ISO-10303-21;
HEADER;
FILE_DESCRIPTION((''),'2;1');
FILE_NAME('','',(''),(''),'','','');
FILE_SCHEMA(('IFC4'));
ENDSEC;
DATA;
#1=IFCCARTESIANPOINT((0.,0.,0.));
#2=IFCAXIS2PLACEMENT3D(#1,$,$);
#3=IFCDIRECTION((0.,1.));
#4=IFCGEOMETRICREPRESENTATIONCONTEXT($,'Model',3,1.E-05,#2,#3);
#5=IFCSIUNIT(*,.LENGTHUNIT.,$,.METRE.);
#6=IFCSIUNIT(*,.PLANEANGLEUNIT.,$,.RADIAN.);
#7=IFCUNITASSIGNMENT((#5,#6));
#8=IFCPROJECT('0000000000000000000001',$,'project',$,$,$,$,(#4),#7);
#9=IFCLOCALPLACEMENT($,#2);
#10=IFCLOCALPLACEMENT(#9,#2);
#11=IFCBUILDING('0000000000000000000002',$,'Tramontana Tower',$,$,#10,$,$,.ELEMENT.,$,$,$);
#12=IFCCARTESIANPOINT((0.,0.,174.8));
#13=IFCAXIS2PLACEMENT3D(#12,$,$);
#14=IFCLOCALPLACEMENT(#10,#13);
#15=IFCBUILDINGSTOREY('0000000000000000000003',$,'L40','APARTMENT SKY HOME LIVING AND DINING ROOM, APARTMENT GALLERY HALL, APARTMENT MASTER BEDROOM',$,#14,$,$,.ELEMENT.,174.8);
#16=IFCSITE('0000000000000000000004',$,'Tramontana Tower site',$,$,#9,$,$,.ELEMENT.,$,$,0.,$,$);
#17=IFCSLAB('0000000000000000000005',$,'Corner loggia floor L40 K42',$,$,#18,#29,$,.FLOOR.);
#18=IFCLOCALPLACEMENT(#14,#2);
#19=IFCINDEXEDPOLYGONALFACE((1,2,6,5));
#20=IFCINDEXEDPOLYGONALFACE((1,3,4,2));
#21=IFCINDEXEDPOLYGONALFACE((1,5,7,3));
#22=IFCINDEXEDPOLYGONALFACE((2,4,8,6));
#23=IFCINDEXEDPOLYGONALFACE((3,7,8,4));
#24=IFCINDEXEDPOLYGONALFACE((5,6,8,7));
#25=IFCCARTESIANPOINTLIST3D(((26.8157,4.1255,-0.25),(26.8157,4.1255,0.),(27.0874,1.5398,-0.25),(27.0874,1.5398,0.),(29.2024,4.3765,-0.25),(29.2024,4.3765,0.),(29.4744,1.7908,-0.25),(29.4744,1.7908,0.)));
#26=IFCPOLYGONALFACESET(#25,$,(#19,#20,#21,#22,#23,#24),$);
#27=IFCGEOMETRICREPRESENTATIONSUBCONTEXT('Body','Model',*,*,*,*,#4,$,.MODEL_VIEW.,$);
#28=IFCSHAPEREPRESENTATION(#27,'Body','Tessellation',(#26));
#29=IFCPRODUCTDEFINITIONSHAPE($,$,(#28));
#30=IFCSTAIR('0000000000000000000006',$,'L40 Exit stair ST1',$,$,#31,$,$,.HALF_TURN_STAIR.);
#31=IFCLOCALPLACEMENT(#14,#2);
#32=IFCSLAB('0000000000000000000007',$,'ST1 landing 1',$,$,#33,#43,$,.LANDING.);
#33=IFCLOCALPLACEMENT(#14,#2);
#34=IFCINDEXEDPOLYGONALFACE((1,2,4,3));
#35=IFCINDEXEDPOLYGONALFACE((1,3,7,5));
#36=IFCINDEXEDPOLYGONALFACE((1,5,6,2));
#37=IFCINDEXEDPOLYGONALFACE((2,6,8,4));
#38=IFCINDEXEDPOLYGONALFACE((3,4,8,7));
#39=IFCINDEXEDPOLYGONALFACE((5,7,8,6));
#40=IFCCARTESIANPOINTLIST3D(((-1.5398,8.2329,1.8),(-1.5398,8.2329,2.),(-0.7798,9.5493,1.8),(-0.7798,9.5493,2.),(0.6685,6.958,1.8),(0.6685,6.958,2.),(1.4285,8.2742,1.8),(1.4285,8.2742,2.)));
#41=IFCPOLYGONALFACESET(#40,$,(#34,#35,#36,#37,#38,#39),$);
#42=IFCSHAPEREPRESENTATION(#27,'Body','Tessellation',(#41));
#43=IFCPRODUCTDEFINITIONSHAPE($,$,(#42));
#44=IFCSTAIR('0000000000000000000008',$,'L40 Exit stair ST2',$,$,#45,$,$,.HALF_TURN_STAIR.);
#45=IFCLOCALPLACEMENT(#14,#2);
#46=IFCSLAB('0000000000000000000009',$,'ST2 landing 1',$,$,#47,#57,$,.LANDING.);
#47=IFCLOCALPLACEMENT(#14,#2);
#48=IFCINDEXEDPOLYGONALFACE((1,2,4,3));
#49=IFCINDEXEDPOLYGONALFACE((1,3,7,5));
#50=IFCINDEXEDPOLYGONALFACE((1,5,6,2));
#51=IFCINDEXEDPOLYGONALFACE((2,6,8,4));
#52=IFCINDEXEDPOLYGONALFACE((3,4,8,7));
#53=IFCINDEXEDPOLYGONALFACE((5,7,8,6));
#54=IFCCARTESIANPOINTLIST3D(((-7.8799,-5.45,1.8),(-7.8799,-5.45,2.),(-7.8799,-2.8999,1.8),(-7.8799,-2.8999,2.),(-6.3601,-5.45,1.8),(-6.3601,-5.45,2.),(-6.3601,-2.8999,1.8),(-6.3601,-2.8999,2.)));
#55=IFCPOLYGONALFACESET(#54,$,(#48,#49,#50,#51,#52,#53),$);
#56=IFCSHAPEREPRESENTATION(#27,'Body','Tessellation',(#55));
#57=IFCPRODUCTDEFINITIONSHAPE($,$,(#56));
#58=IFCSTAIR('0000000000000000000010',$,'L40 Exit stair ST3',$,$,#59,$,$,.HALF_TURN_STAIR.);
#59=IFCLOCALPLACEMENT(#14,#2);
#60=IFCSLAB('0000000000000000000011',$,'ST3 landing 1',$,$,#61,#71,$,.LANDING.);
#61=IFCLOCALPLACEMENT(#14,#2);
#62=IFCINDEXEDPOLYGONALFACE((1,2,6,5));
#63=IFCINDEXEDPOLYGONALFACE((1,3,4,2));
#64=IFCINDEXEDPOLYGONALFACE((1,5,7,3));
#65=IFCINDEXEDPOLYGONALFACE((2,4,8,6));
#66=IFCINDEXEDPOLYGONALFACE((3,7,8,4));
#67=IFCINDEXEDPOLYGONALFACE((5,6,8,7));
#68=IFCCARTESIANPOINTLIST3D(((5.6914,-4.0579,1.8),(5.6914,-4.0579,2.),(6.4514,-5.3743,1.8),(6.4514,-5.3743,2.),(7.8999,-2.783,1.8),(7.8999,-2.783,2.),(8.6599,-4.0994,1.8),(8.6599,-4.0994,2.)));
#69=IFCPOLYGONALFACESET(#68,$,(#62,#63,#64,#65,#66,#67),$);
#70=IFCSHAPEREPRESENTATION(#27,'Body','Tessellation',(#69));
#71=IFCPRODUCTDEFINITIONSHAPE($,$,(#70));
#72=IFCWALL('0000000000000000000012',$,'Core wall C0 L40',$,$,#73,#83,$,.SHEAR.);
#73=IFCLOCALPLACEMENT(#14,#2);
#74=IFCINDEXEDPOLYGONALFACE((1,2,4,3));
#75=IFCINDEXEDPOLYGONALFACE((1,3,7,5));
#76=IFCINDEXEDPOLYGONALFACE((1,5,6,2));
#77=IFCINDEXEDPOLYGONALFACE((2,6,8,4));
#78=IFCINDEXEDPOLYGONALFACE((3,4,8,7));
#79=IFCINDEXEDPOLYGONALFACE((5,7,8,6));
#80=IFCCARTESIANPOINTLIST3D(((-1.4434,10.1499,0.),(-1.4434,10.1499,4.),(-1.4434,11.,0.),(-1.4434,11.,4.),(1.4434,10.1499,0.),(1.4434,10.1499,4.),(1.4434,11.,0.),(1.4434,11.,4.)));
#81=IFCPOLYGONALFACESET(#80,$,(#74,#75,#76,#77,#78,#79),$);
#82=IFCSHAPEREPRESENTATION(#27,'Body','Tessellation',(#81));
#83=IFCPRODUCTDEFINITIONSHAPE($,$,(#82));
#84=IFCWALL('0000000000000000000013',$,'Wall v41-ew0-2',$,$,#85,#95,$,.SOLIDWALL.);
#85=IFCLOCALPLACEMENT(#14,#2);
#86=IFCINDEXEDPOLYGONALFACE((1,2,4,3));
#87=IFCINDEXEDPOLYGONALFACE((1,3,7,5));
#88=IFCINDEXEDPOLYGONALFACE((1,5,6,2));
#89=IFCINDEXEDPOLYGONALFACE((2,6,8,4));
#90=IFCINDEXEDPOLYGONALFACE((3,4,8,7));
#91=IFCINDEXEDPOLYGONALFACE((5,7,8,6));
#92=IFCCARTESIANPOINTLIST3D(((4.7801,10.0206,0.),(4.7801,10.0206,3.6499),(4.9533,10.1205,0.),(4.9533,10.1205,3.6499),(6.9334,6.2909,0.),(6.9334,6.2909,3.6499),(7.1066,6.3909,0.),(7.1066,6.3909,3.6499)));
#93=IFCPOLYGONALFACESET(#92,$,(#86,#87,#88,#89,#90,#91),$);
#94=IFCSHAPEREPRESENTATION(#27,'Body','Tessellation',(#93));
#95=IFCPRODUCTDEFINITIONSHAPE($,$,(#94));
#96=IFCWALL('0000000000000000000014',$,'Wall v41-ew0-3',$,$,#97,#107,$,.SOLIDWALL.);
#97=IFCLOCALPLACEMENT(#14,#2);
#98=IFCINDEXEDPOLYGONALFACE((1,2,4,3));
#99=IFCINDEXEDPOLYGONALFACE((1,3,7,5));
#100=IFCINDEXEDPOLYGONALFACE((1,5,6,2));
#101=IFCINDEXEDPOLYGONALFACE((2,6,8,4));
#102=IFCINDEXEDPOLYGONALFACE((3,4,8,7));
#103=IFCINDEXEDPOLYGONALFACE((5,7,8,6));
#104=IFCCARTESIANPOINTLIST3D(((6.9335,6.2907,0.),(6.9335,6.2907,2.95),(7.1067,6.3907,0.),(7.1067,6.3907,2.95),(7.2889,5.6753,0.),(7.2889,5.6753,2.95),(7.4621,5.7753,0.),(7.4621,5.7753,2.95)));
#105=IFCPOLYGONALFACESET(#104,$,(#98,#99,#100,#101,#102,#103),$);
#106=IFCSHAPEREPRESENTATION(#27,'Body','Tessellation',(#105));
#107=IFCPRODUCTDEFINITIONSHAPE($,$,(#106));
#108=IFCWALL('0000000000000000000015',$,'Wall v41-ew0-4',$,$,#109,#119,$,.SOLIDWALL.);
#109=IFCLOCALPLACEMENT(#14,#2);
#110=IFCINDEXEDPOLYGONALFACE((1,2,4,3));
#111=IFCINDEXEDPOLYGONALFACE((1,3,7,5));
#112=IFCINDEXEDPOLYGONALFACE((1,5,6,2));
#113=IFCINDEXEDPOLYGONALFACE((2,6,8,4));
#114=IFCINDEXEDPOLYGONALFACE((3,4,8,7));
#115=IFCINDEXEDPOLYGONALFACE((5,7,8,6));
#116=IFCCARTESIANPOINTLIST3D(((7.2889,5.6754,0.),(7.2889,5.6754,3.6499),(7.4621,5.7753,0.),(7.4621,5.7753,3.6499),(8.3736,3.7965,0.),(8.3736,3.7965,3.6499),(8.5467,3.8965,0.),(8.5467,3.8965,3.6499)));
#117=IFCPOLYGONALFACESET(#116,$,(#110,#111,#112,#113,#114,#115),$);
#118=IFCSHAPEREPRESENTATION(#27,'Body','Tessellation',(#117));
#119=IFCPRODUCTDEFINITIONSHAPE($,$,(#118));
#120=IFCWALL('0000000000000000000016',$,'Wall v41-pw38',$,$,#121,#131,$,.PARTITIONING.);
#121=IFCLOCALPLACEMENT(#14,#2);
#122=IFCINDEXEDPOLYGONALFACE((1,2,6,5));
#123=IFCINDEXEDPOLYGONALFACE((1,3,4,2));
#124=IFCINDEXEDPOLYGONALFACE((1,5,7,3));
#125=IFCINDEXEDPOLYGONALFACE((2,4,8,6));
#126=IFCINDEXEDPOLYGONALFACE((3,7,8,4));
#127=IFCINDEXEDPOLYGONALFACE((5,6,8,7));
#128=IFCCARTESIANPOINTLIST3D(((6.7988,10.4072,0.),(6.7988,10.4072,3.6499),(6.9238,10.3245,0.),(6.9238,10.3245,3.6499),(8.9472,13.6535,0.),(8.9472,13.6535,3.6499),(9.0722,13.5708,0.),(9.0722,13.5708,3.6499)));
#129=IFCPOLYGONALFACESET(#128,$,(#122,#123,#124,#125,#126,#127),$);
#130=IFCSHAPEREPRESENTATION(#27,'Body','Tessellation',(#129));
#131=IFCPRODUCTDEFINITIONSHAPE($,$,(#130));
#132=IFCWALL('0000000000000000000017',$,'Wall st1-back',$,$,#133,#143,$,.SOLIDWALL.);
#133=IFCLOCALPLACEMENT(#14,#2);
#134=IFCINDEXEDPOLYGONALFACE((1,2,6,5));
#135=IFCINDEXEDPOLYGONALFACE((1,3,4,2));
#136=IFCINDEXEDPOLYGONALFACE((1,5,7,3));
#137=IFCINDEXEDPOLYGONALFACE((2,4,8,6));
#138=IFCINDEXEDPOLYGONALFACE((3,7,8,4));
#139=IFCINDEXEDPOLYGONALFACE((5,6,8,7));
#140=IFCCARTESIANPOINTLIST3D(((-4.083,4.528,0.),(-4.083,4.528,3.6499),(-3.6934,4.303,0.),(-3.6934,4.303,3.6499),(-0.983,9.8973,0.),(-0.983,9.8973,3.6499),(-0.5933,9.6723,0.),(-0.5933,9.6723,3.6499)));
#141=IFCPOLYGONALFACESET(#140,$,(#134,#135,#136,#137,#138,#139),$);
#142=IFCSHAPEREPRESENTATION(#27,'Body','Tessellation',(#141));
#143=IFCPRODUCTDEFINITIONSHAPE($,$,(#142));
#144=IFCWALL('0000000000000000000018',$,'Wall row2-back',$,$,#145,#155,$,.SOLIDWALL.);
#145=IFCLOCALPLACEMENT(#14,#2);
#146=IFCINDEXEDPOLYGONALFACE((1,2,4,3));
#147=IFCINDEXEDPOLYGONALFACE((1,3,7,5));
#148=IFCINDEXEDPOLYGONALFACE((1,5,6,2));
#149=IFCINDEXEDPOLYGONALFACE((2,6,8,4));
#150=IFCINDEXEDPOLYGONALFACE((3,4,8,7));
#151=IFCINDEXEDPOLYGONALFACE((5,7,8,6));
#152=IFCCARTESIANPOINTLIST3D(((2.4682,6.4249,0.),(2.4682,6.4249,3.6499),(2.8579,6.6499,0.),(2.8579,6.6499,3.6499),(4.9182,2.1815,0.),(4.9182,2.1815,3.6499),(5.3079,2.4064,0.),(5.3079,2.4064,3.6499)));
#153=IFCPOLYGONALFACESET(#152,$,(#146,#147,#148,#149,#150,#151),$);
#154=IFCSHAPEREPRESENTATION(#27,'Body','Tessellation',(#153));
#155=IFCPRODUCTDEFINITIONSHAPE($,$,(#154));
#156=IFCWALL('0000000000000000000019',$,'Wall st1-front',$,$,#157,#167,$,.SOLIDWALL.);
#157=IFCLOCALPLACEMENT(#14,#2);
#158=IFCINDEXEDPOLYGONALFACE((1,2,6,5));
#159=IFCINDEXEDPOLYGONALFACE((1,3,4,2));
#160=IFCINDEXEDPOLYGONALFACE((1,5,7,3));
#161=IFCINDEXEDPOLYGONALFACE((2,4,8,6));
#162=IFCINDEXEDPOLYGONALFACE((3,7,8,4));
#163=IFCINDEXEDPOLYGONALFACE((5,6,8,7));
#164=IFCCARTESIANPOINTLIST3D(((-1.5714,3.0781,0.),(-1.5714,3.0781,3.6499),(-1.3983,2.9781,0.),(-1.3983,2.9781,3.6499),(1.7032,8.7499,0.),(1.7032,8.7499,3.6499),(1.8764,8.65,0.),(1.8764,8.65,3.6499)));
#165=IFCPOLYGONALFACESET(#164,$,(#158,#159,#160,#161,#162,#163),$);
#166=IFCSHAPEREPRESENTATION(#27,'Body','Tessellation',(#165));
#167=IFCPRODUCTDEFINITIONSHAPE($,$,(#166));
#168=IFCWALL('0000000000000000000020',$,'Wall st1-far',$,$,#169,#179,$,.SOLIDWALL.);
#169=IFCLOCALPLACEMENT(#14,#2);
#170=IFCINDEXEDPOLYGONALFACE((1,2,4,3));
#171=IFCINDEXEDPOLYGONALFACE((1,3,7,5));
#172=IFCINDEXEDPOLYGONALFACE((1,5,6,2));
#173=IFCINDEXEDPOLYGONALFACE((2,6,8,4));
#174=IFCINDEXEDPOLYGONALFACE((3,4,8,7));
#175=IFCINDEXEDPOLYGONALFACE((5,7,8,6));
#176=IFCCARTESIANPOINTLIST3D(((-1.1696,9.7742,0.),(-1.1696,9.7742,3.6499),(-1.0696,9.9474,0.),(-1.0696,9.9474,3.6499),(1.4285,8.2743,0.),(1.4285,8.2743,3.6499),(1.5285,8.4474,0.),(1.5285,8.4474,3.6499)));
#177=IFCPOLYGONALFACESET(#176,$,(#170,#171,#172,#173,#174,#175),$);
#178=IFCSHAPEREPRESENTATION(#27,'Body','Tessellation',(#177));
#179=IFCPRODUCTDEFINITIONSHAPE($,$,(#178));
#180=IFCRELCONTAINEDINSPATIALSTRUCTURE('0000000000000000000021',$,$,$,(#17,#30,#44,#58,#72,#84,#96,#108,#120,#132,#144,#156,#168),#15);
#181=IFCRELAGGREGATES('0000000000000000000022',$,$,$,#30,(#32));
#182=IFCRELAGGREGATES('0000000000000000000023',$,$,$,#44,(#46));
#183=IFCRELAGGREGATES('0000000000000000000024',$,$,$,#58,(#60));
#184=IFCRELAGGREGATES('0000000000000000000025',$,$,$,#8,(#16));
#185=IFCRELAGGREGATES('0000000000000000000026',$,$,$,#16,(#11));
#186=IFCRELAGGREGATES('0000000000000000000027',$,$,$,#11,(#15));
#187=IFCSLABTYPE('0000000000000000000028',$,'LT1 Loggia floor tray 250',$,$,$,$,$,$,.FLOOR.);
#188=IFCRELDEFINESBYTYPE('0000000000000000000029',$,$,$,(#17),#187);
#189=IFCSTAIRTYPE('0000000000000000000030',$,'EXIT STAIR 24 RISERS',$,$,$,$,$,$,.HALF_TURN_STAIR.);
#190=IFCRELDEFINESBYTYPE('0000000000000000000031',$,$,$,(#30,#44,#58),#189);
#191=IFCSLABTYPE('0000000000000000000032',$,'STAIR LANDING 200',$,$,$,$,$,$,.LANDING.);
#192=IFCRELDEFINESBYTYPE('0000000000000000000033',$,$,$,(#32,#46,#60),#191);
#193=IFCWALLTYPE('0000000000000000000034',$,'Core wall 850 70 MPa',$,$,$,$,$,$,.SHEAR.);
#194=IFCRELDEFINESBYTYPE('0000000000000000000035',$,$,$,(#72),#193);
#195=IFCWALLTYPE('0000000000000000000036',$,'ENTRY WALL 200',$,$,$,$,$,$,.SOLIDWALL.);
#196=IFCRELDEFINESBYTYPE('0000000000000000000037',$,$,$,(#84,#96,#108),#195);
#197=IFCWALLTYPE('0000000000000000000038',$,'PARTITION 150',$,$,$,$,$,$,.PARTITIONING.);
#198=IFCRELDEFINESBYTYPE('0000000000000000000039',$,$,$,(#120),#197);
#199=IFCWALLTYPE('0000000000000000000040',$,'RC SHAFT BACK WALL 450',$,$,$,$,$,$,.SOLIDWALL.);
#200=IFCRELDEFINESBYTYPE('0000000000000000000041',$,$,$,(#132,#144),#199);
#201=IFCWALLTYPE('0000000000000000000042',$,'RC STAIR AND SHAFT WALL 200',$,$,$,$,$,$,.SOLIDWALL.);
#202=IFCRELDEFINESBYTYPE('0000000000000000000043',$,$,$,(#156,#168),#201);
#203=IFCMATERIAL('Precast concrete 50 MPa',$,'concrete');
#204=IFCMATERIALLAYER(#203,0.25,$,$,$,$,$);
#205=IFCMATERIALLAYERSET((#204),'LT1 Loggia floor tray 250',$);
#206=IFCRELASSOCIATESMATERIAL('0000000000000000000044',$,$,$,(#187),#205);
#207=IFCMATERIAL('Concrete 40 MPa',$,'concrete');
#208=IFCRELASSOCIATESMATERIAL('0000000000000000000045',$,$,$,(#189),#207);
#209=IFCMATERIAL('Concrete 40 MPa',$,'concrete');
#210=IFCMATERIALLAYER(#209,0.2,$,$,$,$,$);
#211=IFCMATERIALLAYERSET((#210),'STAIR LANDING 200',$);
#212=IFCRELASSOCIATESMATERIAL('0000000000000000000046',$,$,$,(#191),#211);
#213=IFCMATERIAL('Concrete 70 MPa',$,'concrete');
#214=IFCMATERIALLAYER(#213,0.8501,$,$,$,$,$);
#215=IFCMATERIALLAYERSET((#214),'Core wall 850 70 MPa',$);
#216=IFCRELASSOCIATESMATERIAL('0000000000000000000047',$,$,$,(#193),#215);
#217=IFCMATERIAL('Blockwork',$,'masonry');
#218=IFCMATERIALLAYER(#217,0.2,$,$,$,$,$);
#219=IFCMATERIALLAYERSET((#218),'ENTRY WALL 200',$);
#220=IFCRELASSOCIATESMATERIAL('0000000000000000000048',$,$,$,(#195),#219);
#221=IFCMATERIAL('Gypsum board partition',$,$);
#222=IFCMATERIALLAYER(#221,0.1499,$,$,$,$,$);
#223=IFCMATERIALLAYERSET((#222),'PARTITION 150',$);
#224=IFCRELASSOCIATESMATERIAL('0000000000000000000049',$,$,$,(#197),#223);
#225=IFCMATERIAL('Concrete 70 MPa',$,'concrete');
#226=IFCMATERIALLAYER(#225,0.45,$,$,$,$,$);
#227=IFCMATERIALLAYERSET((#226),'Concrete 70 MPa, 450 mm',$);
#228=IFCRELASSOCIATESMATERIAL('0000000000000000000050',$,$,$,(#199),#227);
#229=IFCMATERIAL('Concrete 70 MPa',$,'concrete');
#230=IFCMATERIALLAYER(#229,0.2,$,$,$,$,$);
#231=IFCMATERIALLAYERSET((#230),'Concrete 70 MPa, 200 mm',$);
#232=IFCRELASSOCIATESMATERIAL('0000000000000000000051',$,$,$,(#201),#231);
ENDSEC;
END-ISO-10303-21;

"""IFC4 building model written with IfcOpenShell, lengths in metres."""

from ifc_helpers import new_model, si_unit, direction, frame, frame_2d, origin, place, context, subcontext, project, spatial, polyline, rectangle, outline, extrude, material, layer, layer_set, type_object, element, aggregate, save


model = new_model("IFC4")

# Units and contexts
model_context = context("Model", 3, precision=1e-05, world=origin(), true_north=direction((0.0, 1.0)))
body_context = subcontext(model_context, "Body", "Model", "MODEL_VIEW")
ifc_project = project(units=[si_unit("LENGTHUNIT", "METRE"), si_unit("PLANEANGLEUNIT", "RADIAN")], contexts=[model_context])

# Site, building, storey
site_placement = place(None, origin())
site = spatial("IfcSite", under=ifc_project, at=site_placement, Name="Tramontana Tower site", CompositionType="ELEMENT", RefElevation=0.0)
building_placement = place(site_placement, origin())
building = spatial("IfcBuilding", under=site, at=building_placement, Name="Tramontana Tower", CompositionType="ELEMENT")
storey_placement = place(building_placement, frame((0.0, 0.0, 174.8)))
storey = spatial("IfcBuildingStorey", under=building, at=storey_placement, Name="L40", Description="APARTMENT SKY HOME LIVING AND DINING ROOM, APARTMENT GALLERY HALL, APARTMENT MASTER BEDROOM", CompositionType="ELEMENT", Elevation=174.8)

# Slab
ifc_material_1 = material(Name="Precast concrete 50 MPa", Category="concrete")
ifc_layer_1 = layer(ifc_material_1, 0.25)
ifc_layer_set_1 = layer_set([ifc_layer_1], Name="LT1 Loggia floor tray 250")
slab_type_1 = type_object("IfcSlabType", Name="LT1 Loggia floor tray 250", PredefinedType="FLOOR", material=ifc_layer_set_1)
slab_1_placement = place(storey_placement, frame((0.0, 0.0, -0.25)))
element("IfcSlab", 1, at=slab_1_placement, inside=storey, type_object=slab_type_1, Name="Corner loggia floor L40 K42", PredefinedType="FLOOR", context=body_context, shape_type="SweptSolid", body=[
    extrude(outline(polyline([(29.4744, 1.7908), (27.0874, 1.5398), (26.8157, 4.1255), (29.2024, 4.3765), (29.4744, 1.7908)])), origin(), (0.0, 0.0, 1.0), 0.25),
])

# Stairs, slabs
ifc_material_2 = material(Name="Concrete 40 MPa", Category="concrete")
stair_type = type_object("IfcStairType", Name="EXIT STAIR 24 RISERS", PredefinedType="HALF_TURN_STAIR", material=ifc_material_2)
stair_1_placement = place(storey_placement, origin())
stair_1 = element("IfcStair", 2, at=stair_1_placement, inside=storey, type_object=stair_type, Name="L40 Exit stair ST1", PredefinedType="HALF_TURN_STAIR")
ifc_material_3 = material(Name="Concrete 40 MPa", Category="concrete")
ifc_layer_2 = layer(ifc_material_3, 0.2)
ifc_layer_set_2 = layer_set([ifc_layer_2], Name="STAIR LANDING 200")
slab_type_2 = type_object("IfcSlabType", Name="STAIR LANDING 200", PredefinedType="LANDING", material=ifc_layer_set_2)
slab_2_placement = place(storey_placement, frame((0.0, 0.0, 1.8)))
slab_2 = element("IfcSlab", 3, at=slab_2_placement, type_object=slab_type_2, Name="ST1 landing 1", PredefinedType="LANDING", context=body_context, shape_type="SweptSolid", body=[
    extrude(outline(polyline([(0.6685, 6.958), (1.4285, 8.2742), (-0.7798, 9.5493), (-1.5398, 8.2329), (0.6685, 6.958)])), origin(), (0.0, 0.0, 1.0), 0.2),
])
aggregate(stair_1, [slab_2])
stair_2_placement = place(storey_placement, origin())
stair_2 = element("IfcStair", 4, at=stair_2_placement, inside=storey, type_object=stair_type, Name="L40 Exit stair ST2", PredefinedType="HALF_TURN_STAIR")
slab_3_placement = place(storey_placement, frame((0.0, 0.0, 1.8)))
slab_3 = element("IfcSlab", 5, at=slab_3_placement, type_object=slab_type_2, Name="ST2 landing 1", PredefinedType="LANDING", context=body_context, shape_type="SweptSolid", body=[
    extrude(outline(polyline([(-6.3601, -2.8999), (-7.8799, -2.8999), (-7.8799, -5.45), (-6.3601, -5.45), (-6.3601, -2.8999)])), origin(), (0.0, 0.0, 1.0), 0.2),
])
aggregate(stair_2, [slab_3])
stair_3_placement = place(storey_placement, origin())
stair_3 = element("IfcStair", 6, at=stair_3_placement, inside=storey, type_object=stair_type, Name="L40 Exit stair ST3", PredefinedType="HALF_TURN_STAIR")
slab_4_placement = place(storey_placement, frame((0.0, 0.0, 1.8)))
slab_4 = element("IfcSlab", 7, at=slab_4_placement, type_object=slab_type_2, Name="ST3 landing 1", PredefinedType="LANDING", context=body_context, shape_type="SweptSolid", body=[
    extrude(outline(polyline([(5.6914, -4.0579), (6.4514, -5.3743), (8.6599, -4.0994), (7.8999, -2.783), (5.6914, -4.0579)])), origin(), (0.0, 0.0, 1.0), 0.2),
])
aggregate(stair_3, [slab_4])

# Walls
ifc_material_4 = material(Name="Concrete 70 MPa", Category="concrete")
ifc_layer_3 = layer(ifc_material_4, 0.8501)
ifc_layer_set_3 = layer_set([ifc_layer_3], Name="Core wall 850 70 MPa")
wall_type_1 = type_object("IfcWallType", Name="Core wall 850 70 MPa", PredefinedType="SHEAR", material=ifc_layer_set_3)
wall_1_placement = place(storey_placement, frame((1.4434, 10.575, 0.0), z_axis=(0.0, 0.0, 1.0), x_axis=(-1.0, 0.0, 0.0)))
element("IfcWall", 8, at=wall_1_placement, inside=storey, type_object=wall_type_1, Name="Core wall C0 L40", PredefinedType="SHEAR", context=body_context, shape_type="SweptSolid", body=[
    extrude(rectangle(XDim=2.8867, YDim=0.8501, at=frame_2d((1.4434, 0.0))), origin(), (0.0, 0.0, 1.0), 4.0),
])
ifc_material_5 = material(Name="Blockwork", Category="masonry")
ifc_layer_4 = layer(ifc_material_5, 0.2)
ifc_layer_set_4 = layer_set([ifc_layer_4], Name="ENTRY WALL 200")
wall_type_2 = type_object("IfcWallType", Name="ENTRY WALL 200", PredefinedType="SOLIDWALL", material=ifc_layer_set_4)
wall_2_placement = place(storey_placement, frame((4.8667, 10.0706, 0.0), z_axis=(0.0, 0.0, 1.0), x_axis=(0.499992, -0.86603, 0.0)))
element("IfcWall", 9, at=wall_2_placement, inside=storey, type_object=wall_type_2, Name="Wall v41-ew0-2", PredefinedType="SOLIDWALL", context=body_context, shape_type="SweptSolid", body=[
    extrude(rectangle(XDim=4.3066, YDim=0.2, at=frame_2d((2.1533, 0.0))), origin(), (0.0, 0.0, 1.0), 3.6499),
])
wall_3_placement = place(storey_placement, frame((7.02, 6.3408, 0.0), z_axis=(0.0, 0.0, 1.0), x_axis=(0.500129, -0.865951, 0.0)))
element("IfcWall", 10, at=wall_3_placement, inside=storey, type_object=wall_type_2, Name="Wall v41-ew0-3", PredefinedType="SOLIDWALL", context=body_context, shape_type="SweptSolid", body=[
    extrude(rectangle(XDim=0.7107, YDim=0.2, at=frame_2d((0.3555, 0.0))), origin(), (0.0, 0.0, 1.0), 2.95),
])
wall_4_placement = place(storey_placement, frame((7.3755, 5.7253, 0.0), z_axis=(0.0, 0.0, 1.0), x_axis=(0.499976, -0.866039, 0.0)))
element("IfcWall", 11, at=wall_4_placement, inside=storey, type_object=wall_type_2, Name="Wall v41-ew0-4", PredefinedType="SOLIDWALL", context=body_context, shape_type="SweptSolid", body=[
    extrude(rectangle(XDim=2.1694, YDim=0.2, at=frame_2d((1.0847, 0.0))), origin(), (0.0, 0.0, 1.0), 3.6499),
])

# Shared definitions
ifc_material_6 = material(Name="Gypsum board partition")
ifc_layer_5 = layer(ifc_material_6, 0.1499)
ifc_layer_set_5 = layer_set([ifc_layer_5], Name="PARTITION 150")
wall_type_3 = type_object("IfcWallType", Name="PARTITION 150", PredefinedType="PARTITIONING", material=ifc_layer_set_5)

# Wall
wall_5_placement = place(storey_placement, frame((6.8613, 10.366, 0.0), z_axis=(0.0, 0.0, 1.0), x_axis=(0.551889, 0.833917, 0.0)))
element("IfcWall", 12, at=wall_5_placement, inside=storey, type_object=wall_type_3, Name="Wall v41-pw38", PredefinedType="PARTITIONING", context=body_context, shape_type="SweptSolid", body=[
    extrude(rectangle(XDim=3.8928, YDim=0.1499, at=frame_2d((1.9463, 0.0))), origin(), (0.0, 0.0, 1.0), 3.6499),
])

# Walls
ifc_material_7 = material(Name="Concrete 70 MPa", Category="concrete")
ifc_layer_6 = layer(ifc_material_7, 0.45)
ifc_layer_set_6 = layer_set([ifc_layer_6], Name="Concrete 70 MPa, 450 mm")
wall_type_4 = type_object("IfcWallType", Name="RC SHAFT BACK WALL 450", PredefinedType="SOLIDWALL", material=ifc_layer_set_6)
wall_6_placement = place(storey_placement, frame((-0.7881, 9.7849, 0.0), z_axis=(0.0, 0.0, 1.0), x_axis=(-0.50001, -0.86602, 0.0)))
element("IfcWall", 13, at=wall_6_placement, inside=storey, type_object=wall_type_4, Name="Wall st1-back", PredefinedType="SOLIDWALL", context=body_context, shape_type="SweptSolid", body=[
    extrude(rectangle(XDim=6.2, YDim=0.45, at=frame_2d((3.1001, 0.0))), origin(), (0.0, 0.0, 1.0), 3.6499),
])
wall_7_placement = place(storey_placement, frame((5.113, 2.2939, 0.0), z_axis=(0.0, 0.0, 1.0), x_axis=(-0.500003, 0.866024, 0.0)))
element("IfcWall", 14, at=wall_7_placement, inside=storey, type_object=wall_type_4, Name="Wall row2-back", PredefinedType="SOLIDWALL", context=body_context, shape_type="SweptSolid", body=[
    extrude(rectangle(XDim=4.8999, YDim=0.45, at=frame_2d((2.45, 0.0))), origin(), (0.0, 0.0, 1.0), 3.6499),
])
ifc_material_8 = material(Name="Concrete 70 MPa", Category="concrete")
ifc_layer_7 = layer(ifc_material_8, 0.2)
ifc_layer_set_7 = layer_set([ifc_layer_7], Name="Concrete 70 MPa, 200 mm")
wall_type_5 = type_object("IfcWallType", Name="RC STAIR AND SHAFT WALL 200", PredefinedType="SOLIDWALL", material=ifc_layer_set_7)
wall_8_placement = place(storey_placement, frame((1.7898, 8.7, 0.0), z_axis=(0.0, 0.0, 1.0), x_axis=(-0.5, -0.866025, 0.0)))
element("IfcWall", 15, at=wall_8_placement, inside=storey, type_object=wall_type_5, Name="Wall st1-front", PredefinedType="SOLIDWALL", context=body_context, shape_type="SweptSolid", body=[
    extrude(rectangle(XDim=6.5493, YDim=0.2, at=frame_2d((3.2747, 0.0))), origin(), (0.0, 0.0, 1.0), 3.6499),
])
wall_9_placement = place(storey_placement, frame((1.4785, 8.3608, 0.0), z_axis=(0.0, 0.0, 1.0), x_axis=(-0.866031, 0.49999, 0.0)))
element("IfcWall", 16, at=wall_9_placement, inside=storey, type_object=wall_type_5, Name="Wall st1-far", PredefinedType="SOLIDWALL", context=body_context, shape_type="SweptSolid", body=[
    extrude(rectangle(XDim=3.0, YDim=0.2, at=frame_2d((1.5, 0.0))), origin(), (0.0, 0.0, 1.0), 3.6499),
])

save(model, "model.ifc")
